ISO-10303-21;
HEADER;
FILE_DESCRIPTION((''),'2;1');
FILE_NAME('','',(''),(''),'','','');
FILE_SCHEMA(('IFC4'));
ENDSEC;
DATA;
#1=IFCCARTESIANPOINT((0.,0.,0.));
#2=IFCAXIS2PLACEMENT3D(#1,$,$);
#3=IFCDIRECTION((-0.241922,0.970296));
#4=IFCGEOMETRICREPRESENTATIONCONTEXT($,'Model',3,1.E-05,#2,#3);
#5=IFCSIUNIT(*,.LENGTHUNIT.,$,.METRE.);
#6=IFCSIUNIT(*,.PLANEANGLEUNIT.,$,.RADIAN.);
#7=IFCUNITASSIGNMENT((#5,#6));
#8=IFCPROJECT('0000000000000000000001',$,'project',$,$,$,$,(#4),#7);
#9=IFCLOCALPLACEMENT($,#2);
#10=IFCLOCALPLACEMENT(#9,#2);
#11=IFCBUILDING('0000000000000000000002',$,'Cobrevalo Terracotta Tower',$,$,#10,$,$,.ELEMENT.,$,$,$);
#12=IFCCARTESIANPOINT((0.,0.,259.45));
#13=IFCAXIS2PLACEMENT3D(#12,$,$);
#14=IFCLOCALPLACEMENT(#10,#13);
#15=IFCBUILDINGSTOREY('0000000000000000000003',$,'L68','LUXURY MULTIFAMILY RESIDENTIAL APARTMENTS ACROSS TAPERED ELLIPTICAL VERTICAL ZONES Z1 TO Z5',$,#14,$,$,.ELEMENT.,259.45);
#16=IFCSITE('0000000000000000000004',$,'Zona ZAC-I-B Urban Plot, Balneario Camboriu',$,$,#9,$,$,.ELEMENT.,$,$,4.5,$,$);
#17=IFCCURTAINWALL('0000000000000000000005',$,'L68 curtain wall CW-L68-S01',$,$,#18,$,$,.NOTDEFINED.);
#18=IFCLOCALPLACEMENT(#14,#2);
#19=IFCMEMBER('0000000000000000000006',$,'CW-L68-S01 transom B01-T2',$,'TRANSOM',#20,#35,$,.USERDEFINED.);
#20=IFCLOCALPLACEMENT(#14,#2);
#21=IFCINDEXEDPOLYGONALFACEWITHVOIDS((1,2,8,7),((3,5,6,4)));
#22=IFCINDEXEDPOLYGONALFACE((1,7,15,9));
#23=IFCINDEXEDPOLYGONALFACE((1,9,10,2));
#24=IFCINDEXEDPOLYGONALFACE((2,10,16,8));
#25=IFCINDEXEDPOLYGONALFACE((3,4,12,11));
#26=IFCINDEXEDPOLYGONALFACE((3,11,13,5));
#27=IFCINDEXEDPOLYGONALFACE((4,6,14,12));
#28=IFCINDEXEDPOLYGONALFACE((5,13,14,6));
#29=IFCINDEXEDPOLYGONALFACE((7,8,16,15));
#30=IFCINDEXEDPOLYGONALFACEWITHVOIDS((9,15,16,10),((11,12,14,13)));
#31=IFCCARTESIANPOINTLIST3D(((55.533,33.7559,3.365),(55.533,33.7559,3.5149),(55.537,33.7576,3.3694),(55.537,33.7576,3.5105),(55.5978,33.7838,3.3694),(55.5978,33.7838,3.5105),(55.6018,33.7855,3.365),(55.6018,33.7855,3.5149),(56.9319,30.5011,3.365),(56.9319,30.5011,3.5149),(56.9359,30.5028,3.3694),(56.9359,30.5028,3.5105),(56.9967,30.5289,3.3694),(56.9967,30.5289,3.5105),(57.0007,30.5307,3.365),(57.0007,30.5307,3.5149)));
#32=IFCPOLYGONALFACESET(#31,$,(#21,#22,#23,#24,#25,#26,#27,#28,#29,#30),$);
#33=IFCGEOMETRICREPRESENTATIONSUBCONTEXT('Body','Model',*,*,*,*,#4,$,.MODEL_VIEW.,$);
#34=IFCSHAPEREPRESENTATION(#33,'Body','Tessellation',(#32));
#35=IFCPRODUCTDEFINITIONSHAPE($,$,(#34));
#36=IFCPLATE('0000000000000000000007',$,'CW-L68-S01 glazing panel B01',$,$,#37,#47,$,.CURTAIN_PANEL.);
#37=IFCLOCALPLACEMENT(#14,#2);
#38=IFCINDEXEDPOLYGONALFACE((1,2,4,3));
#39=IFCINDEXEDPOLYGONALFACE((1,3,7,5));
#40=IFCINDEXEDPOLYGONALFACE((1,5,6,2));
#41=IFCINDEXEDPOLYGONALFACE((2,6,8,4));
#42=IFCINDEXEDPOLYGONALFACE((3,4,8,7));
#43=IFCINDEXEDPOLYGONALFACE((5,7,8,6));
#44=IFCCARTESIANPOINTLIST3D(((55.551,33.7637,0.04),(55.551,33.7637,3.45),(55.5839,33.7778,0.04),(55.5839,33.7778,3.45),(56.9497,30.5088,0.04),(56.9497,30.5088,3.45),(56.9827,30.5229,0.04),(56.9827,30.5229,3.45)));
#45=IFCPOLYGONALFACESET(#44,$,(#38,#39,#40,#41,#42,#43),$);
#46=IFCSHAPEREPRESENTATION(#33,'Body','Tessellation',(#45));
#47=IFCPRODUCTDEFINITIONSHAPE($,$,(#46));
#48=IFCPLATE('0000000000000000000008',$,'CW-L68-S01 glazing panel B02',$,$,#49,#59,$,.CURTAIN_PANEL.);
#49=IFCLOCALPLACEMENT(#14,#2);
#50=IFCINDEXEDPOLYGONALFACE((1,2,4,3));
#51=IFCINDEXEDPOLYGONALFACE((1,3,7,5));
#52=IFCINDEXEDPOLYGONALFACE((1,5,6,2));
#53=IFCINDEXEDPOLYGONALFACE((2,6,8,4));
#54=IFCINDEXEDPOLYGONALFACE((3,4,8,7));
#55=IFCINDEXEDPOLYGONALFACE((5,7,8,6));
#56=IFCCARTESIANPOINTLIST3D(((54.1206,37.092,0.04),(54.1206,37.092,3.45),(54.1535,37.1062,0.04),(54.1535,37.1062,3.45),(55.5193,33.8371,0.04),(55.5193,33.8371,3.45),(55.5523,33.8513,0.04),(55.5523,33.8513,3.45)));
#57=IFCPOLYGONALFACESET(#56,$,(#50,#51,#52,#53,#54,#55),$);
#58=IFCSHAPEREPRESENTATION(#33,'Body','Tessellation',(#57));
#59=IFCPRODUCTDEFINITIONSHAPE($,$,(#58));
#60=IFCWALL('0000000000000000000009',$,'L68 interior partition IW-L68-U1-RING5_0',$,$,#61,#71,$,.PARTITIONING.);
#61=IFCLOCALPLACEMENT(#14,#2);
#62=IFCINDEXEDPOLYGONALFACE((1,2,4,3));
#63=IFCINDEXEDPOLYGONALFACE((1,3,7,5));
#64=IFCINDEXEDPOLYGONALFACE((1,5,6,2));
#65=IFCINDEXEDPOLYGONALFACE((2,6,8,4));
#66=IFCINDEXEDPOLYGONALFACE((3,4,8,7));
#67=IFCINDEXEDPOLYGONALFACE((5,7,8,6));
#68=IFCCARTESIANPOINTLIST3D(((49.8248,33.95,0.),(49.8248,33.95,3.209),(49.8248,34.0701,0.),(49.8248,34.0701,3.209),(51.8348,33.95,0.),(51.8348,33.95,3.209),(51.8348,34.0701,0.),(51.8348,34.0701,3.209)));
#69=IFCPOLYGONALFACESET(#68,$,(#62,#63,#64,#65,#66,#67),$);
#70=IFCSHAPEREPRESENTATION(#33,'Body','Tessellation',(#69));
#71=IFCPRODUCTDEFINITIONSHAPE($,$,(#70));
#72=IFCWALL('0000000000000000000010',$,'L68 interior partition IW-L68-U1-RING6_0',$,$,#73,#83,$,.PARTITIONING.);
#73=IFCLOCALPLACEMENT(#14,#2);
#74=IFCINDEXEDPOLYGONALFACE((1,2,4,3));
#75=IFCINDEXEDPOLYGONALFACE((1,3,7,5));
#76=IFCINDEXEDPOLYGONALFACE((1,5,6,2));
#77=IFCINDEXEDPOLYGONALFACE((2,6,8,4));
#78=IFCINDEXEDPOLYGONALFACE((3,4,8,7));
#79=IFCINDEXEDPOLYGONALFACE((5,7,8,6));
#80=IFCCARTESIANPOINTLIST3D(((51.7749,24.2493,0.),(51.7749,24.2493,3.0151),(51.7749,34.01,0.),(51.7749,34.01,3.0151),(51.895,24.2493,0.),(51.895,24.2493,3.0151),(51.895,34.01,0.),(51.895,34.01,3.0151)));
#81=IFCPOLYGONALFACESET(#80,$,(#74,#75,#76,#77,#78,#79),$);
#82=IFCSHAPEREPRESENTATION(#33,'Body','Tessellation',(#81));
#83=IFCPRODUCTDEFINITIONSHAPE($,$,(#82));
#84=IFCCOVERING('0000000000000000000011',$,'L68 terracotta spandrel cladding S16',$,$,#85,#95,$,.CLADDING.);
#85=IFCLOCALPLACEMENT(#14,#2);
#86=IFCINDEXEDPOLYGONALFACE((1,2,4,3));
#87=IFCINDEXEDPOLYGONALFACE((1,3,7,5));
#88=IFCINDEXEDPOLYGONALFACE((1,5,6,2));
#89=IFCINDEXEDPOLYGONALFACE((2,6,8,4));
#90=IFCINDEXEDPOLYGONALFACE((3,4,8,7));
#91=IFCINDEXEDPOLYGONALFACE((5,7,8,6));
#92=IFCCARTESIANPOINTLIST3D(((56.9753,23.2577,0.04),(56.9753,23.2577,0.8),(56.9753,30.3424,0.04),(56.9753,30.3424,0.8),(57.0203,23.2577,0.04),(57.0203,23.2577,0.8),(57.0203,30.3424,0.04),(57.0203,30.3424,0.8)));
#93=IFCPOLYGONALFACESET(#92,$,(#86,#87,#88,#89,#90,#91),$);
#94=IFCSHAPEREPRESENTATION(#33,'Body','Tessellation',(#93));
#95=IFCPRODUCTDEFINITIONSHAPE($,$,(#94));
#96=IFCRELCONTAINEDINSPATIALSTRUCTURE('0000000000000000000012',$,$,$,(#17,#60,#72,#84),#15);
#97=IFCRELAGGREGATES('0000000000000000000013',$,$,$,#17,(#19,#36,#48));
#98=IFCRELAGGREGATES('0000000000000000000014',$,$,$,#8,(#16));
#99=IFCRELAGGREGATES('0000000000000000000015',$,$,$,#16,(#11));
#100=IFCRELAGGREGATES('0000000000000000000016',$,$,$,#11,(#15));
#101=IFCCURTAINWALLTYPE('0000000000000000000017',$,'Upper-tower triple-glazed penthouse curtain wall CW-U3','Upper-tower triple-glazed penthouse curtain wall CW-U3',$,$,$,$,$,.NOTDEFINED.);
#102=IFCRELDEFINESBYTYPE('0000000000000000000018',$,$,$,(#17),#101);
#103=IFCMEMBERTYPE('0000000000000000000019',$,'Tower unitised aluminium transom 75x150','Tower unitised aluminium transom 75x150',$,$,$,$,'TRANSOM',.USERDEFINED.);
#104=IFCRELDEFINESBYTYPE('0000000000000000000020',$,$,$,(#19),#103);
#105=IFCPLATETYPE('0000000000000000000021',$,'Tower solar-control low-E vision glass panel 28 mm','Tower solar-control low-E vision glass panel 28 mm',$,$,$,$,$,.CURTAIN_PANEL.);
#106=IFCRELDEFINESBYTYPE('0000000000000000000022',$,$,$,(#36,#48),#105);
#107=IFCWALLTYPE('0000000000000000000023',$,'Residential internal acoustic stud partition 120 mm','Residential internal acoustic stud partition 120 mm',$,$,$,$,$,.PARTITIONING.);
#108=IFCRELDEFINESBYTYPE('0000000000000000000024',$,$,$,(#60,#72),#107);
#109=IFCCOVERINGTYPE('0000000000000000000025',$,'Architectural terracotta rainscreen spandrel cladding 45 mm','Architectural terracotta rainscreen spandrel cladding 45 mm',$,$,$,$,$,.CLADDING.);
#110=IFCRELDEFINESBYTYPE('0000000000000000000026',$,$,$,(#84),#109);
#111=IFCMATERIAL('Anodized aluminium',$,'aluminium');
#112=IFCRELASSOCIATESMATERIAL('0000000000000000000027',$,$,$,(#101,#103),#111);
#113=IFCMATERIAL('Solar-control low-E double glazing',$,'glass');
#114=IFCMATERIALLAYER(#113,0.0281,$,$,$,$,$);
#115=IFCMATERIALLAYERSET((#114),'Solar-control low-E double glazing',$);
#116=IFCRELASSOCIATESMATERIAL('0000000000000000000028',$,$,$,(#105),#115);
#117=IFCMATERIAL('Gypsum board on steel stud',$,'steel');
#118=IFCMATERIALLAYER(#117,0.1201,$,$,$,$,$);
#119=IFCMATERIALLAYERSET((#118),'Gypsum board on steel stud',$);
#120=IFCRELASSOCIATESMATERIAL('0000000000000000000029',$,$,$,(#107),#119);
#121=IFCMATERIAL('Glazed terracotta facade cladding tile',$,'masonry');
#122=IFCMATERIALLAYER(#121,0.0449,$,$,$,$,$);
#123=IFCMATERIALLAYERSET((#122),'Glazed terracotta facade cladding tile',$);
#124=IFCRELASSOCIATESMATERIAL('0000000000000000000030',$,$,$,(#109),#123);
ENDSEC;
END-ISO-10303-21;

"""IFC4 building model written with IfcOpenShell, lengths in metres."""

from ifc_helpers import new_model, si_unit, direction, frame, frame_2d, origin, origin_2d, place, context, subcontext, project, spatial, rectangle, hollow_rectangle, extrude, source, transform, mapped, material, layer, layer_set, material_profile, profile_set, type_object, element, aggregate, save


model = new_model("IFC4")

# Units and contexts
model_context = context("Model", 3, precision=1e-05, world=origin(), true_north=direction((-0.241922, 0.970296)))
body_context = subcontext(model_context, "Body", "Model", "MODEL_VIEW")
ifc_project = project(units=[si_unit("LENGTHUNIT", "METRE"), si_unit("PLANEANGLEUNIT", "RADIAN")], contexts=[model_context])

# Site, building, storey
site_placement = place(None, origin())
site = spatial("IfcSite", under=ifc_project, at=site_placement, Name="Zona ZAC-I-B Urban Plot, Balneario Camboriu", CompositionType="ELEMENT", RefElevation=4.5)
building_placement = place(site_placement, origin())
building = spatial("IfcBuilding", under=site, at=building_placement, Name="Cobrevalo Terracotta Tower", CompositionType="ELEMENT")
storey_placement = place(building_placement, frame((0.0, 0.0, 259.45)))
storey = spatial("IfcBuildingStorey", under=building, at=storey_placement, Name="L68", Description="LUXURY MULTIFAMILY RESIDENTIAL APARTMENTS ACROSS TAPERED ELLIPTICAL VERTICAL ZONES Z1 TO Z5", CompositionType="ELEMENT", Elevation=259.45)

# Curtain wall, member, plates
ifc_material_1 = material(Name="Anodized aluminium", Category="aluminium")
curtain_wall_type = type_object("IfcCurtainWallType", Name="Upper-tower triple-glazed penthouse curtain wall CW-U3", Description="Upper-tower triple-glazed penthouse curtain wall CW-U3", PredefinedType="NOTDEFINED", material=ifc_material_1)
curtain_wall_placement = place(storey_placement, origin())
curtain_wall = element("IfcCurtainWall", 1, at=curtain_wall_placement, inside=storey, type_object=curtain_wall_type, Name="L68 curtain wall CW-L68-S01", PredefinedType="NOTDEFINED")
ifc_material_profile_1 = material_profile(ifc_material_1, hollow_rectangle(XDim=0.075, YDim=0.1499, WallThickness=0.0044, at=origin_2d()), Name="CWT 75x150")
ifc_profile_set_1 = profile_set([ifc_material_profile_1], Name="Anodized aluminium")
member_type_1 = type_object("IfcMemberType", Name="Tower unitised aluminium transom 75x150", Description="Tower unitised aluminium transom 75x150", ElementType="TRANSOM", PredefinedType="USERDEFINED", material=ifc_profile_set_1)
shared_shape_1 = source(origin(), body_context, "Body", "SweptSolid", [
    extrude(hollow_rectangle(XDim=0.075, YDim=0.1499, WallThickness=0.0044, at=origin_2d()), origin(), (0.0, 0.0, 1.0), 3.5427),
])
member_1_placement = place(storey_placement, frame((56.9663, 30.5159, 3.4399), z_axis=(-0.394867, 0.918738, 0.0), x_axis=(-0.918738, -0.394867, 0.0)))
member_1 = element("IfcMember", 2, at=member_1_placement, type_object=member_type_1, Name="CW-L68-S01 transom B01-T2", ObjectType="TRANSOM", PredefinedType="USERDEFINED", context=body_context, shape_type="MappedRepresentation", body=[
    mapped(shared_shape_1, transform((0.0, 0.0, 0.0), scale=1.0)),
])
ifc_material_2 = material(Name="Solar-control low-E double glazing", Category="glass")
ifc_layer_1 = layer(ifc_material_2, 0.0281)
ifc_layer_set_1 = layer_set([ifc_layer_1], Name="Solar-control low-E double glazing")
plate_type = type_object("IfcPlateType", Name="Tower solar-control low-E vision glass panel 28 mm", Description="Tower solar-control low-E vision glass panel 28 mm", PredefinedType="CURTAIN_PANEL", material=ifc_layer_set_1)
shared_shape_2 = source(origin(), body_context, "Body", "SweptSolid", [
    extrude(rectangle(XDim=3.5427, YDim=0.0359, at=origin_2d()), origin(), (0.0, 0.0, 1.0), 3.4099),
])
plate_1_placement = place(storey_placement, frame((56.2668, 32.1433, 0.04), z_axis=(0.0, 0.0, 1.0), x_axis=(-0.394829, 0.918755, 0.0)))
plate_1 = element("IfcPlate", 3, at=plate_1_placement, type_object=plate_type, Name="CW-L68-S01 glazing panel B01", PredefinedType="CURTAIN_PANEL", context=body_context, shape_type="MappedRepresentation", body=[
    mapped(shared_shape_2, transform((0.0, 0.0, 0.0), scale=1.0)),
])
plate_2_placement = place(storey_placement, frame((54.8364, 35.4717, 0.04), z_axis=(0.0, 0.0, 1.0), x_axis=(-0.394829, 0.918755, 0.0)))
plate_2 = element("IfcPlate", 4, at=plate_2_placement, type_object=plate_type, Name="CW-L68-S01 glazing panel B02", PredefinedType="CURTAIN_PANEL", context=body_context, shape_type="MappedRepresentation", body=[
    mapped(shared_shape_2, transform((0.0, 0.0, 0.0), scale=1.0)),
])
aggregate(curtain_wall, [member_1, plate_1, plate_2])

# Walls
ifc_material_3 = material(Name="Gypsum board on steel stud", Category="steel")
ifc_layer_2 = layer(ifc_material_3, 0.1201)
ifc_layer_set_2 = layer_set([ifc_layer_2], Name="Gypsum board on steel stud")
wall_type = type_object("IfcWallType", Name="Residential internal acoustic stud partition 120 mm", Description="Residential internal acoustic stud partition 120 mm", PredefinedType="PARTITIONING", material=ifc_layer_set_2)
wall_1_placement = place(storey_placement, frame((49.825, 34.01, 0.0), z_axis=(0.0, 0.0, 1.0), x_axis=(1.0, 0.0, 0.0)))
element("IfcWall", 5, at=wall_1_placement, inside=storey, type_object=wall_type, Name="L68 interior partition IW-L68-U1-RING5_0", PredefinedType="PARTITIONING", context=body_context, shape_type="SweptSolid", body=[
    extrude(rectangle(XDim=2.01, YDim=0.1201, at=frame_2d((1.0049, 0.0))), origin(), (0.0, 0.0, 1.0), 3.209),
])
wall_2_placement = place(storey_placement, frame((51.835, 34.01, 0.0), z_axis=(0.0, 0.0, 1.0), x_axis=(0.0, -1.0, 0.0)))
element("IfcWall", 6, at=wall_2_placement, inside=storey, type_object=wall_type, Name="L68 interior partition IW-L68-U1-RING6_0", PredefinedType="PARTITIONING", context=body_context, shape_type="SweptSolid", body=[
    extrude(rectangle(XDim=9.7607, YDim=0.1201, at=frame_2d((4.8804, 0.0))), origin(), (0.0, 0.0, 1.0), 3.0151),
])

# Covering
ifc_material_4 = material(Name="Glazed terracotta facade cladding tile", Category="masonry")
ifc_layer_3 = layer(ifc_material_4, 0.0449)
ifc_layer_set_3 = layer_set([ifc_layer_3], Name="Glazed terracotta facade cladding tile")
covering_type = type_object("IfcCoveringType", Name="Architectural terracotta rainscreen spandrel cladding 45 mm", Description="Architectural terracotta rainscreen spandrel cladding 45 mm", PredefinedType="CLADDING", material=ifc_layer_set_3)
shared_shape_3 = source(origin(), body_context, "Body", "SweptSolid", [
    extrude(rectangle(XDim=7.0847, YDim=0.0449, at=origin_2d()), origin(), (0.0, 0.0, 1.0), 0.76),
])
covering_placement = place(storey_placement, frame((56.9978, 26.8, 0.04), z_axis=(0.0, 0.0, 1.0), x_axis=(0.0, 1.0, 0.0)))
element("IfcCovering", 7, at=covering_placement, inside=storey, type_object=covering_type, Name="L68 terracotta spandrel cladding S16", PredefinedType="CLADDING", context=body_context, shape_type="MappedRepresentation", body=[
    mapped(shared_shape_3, transform((0.0, 0.0, 0.0), scale=1.0)),
])

save(model, "model.ifc")
